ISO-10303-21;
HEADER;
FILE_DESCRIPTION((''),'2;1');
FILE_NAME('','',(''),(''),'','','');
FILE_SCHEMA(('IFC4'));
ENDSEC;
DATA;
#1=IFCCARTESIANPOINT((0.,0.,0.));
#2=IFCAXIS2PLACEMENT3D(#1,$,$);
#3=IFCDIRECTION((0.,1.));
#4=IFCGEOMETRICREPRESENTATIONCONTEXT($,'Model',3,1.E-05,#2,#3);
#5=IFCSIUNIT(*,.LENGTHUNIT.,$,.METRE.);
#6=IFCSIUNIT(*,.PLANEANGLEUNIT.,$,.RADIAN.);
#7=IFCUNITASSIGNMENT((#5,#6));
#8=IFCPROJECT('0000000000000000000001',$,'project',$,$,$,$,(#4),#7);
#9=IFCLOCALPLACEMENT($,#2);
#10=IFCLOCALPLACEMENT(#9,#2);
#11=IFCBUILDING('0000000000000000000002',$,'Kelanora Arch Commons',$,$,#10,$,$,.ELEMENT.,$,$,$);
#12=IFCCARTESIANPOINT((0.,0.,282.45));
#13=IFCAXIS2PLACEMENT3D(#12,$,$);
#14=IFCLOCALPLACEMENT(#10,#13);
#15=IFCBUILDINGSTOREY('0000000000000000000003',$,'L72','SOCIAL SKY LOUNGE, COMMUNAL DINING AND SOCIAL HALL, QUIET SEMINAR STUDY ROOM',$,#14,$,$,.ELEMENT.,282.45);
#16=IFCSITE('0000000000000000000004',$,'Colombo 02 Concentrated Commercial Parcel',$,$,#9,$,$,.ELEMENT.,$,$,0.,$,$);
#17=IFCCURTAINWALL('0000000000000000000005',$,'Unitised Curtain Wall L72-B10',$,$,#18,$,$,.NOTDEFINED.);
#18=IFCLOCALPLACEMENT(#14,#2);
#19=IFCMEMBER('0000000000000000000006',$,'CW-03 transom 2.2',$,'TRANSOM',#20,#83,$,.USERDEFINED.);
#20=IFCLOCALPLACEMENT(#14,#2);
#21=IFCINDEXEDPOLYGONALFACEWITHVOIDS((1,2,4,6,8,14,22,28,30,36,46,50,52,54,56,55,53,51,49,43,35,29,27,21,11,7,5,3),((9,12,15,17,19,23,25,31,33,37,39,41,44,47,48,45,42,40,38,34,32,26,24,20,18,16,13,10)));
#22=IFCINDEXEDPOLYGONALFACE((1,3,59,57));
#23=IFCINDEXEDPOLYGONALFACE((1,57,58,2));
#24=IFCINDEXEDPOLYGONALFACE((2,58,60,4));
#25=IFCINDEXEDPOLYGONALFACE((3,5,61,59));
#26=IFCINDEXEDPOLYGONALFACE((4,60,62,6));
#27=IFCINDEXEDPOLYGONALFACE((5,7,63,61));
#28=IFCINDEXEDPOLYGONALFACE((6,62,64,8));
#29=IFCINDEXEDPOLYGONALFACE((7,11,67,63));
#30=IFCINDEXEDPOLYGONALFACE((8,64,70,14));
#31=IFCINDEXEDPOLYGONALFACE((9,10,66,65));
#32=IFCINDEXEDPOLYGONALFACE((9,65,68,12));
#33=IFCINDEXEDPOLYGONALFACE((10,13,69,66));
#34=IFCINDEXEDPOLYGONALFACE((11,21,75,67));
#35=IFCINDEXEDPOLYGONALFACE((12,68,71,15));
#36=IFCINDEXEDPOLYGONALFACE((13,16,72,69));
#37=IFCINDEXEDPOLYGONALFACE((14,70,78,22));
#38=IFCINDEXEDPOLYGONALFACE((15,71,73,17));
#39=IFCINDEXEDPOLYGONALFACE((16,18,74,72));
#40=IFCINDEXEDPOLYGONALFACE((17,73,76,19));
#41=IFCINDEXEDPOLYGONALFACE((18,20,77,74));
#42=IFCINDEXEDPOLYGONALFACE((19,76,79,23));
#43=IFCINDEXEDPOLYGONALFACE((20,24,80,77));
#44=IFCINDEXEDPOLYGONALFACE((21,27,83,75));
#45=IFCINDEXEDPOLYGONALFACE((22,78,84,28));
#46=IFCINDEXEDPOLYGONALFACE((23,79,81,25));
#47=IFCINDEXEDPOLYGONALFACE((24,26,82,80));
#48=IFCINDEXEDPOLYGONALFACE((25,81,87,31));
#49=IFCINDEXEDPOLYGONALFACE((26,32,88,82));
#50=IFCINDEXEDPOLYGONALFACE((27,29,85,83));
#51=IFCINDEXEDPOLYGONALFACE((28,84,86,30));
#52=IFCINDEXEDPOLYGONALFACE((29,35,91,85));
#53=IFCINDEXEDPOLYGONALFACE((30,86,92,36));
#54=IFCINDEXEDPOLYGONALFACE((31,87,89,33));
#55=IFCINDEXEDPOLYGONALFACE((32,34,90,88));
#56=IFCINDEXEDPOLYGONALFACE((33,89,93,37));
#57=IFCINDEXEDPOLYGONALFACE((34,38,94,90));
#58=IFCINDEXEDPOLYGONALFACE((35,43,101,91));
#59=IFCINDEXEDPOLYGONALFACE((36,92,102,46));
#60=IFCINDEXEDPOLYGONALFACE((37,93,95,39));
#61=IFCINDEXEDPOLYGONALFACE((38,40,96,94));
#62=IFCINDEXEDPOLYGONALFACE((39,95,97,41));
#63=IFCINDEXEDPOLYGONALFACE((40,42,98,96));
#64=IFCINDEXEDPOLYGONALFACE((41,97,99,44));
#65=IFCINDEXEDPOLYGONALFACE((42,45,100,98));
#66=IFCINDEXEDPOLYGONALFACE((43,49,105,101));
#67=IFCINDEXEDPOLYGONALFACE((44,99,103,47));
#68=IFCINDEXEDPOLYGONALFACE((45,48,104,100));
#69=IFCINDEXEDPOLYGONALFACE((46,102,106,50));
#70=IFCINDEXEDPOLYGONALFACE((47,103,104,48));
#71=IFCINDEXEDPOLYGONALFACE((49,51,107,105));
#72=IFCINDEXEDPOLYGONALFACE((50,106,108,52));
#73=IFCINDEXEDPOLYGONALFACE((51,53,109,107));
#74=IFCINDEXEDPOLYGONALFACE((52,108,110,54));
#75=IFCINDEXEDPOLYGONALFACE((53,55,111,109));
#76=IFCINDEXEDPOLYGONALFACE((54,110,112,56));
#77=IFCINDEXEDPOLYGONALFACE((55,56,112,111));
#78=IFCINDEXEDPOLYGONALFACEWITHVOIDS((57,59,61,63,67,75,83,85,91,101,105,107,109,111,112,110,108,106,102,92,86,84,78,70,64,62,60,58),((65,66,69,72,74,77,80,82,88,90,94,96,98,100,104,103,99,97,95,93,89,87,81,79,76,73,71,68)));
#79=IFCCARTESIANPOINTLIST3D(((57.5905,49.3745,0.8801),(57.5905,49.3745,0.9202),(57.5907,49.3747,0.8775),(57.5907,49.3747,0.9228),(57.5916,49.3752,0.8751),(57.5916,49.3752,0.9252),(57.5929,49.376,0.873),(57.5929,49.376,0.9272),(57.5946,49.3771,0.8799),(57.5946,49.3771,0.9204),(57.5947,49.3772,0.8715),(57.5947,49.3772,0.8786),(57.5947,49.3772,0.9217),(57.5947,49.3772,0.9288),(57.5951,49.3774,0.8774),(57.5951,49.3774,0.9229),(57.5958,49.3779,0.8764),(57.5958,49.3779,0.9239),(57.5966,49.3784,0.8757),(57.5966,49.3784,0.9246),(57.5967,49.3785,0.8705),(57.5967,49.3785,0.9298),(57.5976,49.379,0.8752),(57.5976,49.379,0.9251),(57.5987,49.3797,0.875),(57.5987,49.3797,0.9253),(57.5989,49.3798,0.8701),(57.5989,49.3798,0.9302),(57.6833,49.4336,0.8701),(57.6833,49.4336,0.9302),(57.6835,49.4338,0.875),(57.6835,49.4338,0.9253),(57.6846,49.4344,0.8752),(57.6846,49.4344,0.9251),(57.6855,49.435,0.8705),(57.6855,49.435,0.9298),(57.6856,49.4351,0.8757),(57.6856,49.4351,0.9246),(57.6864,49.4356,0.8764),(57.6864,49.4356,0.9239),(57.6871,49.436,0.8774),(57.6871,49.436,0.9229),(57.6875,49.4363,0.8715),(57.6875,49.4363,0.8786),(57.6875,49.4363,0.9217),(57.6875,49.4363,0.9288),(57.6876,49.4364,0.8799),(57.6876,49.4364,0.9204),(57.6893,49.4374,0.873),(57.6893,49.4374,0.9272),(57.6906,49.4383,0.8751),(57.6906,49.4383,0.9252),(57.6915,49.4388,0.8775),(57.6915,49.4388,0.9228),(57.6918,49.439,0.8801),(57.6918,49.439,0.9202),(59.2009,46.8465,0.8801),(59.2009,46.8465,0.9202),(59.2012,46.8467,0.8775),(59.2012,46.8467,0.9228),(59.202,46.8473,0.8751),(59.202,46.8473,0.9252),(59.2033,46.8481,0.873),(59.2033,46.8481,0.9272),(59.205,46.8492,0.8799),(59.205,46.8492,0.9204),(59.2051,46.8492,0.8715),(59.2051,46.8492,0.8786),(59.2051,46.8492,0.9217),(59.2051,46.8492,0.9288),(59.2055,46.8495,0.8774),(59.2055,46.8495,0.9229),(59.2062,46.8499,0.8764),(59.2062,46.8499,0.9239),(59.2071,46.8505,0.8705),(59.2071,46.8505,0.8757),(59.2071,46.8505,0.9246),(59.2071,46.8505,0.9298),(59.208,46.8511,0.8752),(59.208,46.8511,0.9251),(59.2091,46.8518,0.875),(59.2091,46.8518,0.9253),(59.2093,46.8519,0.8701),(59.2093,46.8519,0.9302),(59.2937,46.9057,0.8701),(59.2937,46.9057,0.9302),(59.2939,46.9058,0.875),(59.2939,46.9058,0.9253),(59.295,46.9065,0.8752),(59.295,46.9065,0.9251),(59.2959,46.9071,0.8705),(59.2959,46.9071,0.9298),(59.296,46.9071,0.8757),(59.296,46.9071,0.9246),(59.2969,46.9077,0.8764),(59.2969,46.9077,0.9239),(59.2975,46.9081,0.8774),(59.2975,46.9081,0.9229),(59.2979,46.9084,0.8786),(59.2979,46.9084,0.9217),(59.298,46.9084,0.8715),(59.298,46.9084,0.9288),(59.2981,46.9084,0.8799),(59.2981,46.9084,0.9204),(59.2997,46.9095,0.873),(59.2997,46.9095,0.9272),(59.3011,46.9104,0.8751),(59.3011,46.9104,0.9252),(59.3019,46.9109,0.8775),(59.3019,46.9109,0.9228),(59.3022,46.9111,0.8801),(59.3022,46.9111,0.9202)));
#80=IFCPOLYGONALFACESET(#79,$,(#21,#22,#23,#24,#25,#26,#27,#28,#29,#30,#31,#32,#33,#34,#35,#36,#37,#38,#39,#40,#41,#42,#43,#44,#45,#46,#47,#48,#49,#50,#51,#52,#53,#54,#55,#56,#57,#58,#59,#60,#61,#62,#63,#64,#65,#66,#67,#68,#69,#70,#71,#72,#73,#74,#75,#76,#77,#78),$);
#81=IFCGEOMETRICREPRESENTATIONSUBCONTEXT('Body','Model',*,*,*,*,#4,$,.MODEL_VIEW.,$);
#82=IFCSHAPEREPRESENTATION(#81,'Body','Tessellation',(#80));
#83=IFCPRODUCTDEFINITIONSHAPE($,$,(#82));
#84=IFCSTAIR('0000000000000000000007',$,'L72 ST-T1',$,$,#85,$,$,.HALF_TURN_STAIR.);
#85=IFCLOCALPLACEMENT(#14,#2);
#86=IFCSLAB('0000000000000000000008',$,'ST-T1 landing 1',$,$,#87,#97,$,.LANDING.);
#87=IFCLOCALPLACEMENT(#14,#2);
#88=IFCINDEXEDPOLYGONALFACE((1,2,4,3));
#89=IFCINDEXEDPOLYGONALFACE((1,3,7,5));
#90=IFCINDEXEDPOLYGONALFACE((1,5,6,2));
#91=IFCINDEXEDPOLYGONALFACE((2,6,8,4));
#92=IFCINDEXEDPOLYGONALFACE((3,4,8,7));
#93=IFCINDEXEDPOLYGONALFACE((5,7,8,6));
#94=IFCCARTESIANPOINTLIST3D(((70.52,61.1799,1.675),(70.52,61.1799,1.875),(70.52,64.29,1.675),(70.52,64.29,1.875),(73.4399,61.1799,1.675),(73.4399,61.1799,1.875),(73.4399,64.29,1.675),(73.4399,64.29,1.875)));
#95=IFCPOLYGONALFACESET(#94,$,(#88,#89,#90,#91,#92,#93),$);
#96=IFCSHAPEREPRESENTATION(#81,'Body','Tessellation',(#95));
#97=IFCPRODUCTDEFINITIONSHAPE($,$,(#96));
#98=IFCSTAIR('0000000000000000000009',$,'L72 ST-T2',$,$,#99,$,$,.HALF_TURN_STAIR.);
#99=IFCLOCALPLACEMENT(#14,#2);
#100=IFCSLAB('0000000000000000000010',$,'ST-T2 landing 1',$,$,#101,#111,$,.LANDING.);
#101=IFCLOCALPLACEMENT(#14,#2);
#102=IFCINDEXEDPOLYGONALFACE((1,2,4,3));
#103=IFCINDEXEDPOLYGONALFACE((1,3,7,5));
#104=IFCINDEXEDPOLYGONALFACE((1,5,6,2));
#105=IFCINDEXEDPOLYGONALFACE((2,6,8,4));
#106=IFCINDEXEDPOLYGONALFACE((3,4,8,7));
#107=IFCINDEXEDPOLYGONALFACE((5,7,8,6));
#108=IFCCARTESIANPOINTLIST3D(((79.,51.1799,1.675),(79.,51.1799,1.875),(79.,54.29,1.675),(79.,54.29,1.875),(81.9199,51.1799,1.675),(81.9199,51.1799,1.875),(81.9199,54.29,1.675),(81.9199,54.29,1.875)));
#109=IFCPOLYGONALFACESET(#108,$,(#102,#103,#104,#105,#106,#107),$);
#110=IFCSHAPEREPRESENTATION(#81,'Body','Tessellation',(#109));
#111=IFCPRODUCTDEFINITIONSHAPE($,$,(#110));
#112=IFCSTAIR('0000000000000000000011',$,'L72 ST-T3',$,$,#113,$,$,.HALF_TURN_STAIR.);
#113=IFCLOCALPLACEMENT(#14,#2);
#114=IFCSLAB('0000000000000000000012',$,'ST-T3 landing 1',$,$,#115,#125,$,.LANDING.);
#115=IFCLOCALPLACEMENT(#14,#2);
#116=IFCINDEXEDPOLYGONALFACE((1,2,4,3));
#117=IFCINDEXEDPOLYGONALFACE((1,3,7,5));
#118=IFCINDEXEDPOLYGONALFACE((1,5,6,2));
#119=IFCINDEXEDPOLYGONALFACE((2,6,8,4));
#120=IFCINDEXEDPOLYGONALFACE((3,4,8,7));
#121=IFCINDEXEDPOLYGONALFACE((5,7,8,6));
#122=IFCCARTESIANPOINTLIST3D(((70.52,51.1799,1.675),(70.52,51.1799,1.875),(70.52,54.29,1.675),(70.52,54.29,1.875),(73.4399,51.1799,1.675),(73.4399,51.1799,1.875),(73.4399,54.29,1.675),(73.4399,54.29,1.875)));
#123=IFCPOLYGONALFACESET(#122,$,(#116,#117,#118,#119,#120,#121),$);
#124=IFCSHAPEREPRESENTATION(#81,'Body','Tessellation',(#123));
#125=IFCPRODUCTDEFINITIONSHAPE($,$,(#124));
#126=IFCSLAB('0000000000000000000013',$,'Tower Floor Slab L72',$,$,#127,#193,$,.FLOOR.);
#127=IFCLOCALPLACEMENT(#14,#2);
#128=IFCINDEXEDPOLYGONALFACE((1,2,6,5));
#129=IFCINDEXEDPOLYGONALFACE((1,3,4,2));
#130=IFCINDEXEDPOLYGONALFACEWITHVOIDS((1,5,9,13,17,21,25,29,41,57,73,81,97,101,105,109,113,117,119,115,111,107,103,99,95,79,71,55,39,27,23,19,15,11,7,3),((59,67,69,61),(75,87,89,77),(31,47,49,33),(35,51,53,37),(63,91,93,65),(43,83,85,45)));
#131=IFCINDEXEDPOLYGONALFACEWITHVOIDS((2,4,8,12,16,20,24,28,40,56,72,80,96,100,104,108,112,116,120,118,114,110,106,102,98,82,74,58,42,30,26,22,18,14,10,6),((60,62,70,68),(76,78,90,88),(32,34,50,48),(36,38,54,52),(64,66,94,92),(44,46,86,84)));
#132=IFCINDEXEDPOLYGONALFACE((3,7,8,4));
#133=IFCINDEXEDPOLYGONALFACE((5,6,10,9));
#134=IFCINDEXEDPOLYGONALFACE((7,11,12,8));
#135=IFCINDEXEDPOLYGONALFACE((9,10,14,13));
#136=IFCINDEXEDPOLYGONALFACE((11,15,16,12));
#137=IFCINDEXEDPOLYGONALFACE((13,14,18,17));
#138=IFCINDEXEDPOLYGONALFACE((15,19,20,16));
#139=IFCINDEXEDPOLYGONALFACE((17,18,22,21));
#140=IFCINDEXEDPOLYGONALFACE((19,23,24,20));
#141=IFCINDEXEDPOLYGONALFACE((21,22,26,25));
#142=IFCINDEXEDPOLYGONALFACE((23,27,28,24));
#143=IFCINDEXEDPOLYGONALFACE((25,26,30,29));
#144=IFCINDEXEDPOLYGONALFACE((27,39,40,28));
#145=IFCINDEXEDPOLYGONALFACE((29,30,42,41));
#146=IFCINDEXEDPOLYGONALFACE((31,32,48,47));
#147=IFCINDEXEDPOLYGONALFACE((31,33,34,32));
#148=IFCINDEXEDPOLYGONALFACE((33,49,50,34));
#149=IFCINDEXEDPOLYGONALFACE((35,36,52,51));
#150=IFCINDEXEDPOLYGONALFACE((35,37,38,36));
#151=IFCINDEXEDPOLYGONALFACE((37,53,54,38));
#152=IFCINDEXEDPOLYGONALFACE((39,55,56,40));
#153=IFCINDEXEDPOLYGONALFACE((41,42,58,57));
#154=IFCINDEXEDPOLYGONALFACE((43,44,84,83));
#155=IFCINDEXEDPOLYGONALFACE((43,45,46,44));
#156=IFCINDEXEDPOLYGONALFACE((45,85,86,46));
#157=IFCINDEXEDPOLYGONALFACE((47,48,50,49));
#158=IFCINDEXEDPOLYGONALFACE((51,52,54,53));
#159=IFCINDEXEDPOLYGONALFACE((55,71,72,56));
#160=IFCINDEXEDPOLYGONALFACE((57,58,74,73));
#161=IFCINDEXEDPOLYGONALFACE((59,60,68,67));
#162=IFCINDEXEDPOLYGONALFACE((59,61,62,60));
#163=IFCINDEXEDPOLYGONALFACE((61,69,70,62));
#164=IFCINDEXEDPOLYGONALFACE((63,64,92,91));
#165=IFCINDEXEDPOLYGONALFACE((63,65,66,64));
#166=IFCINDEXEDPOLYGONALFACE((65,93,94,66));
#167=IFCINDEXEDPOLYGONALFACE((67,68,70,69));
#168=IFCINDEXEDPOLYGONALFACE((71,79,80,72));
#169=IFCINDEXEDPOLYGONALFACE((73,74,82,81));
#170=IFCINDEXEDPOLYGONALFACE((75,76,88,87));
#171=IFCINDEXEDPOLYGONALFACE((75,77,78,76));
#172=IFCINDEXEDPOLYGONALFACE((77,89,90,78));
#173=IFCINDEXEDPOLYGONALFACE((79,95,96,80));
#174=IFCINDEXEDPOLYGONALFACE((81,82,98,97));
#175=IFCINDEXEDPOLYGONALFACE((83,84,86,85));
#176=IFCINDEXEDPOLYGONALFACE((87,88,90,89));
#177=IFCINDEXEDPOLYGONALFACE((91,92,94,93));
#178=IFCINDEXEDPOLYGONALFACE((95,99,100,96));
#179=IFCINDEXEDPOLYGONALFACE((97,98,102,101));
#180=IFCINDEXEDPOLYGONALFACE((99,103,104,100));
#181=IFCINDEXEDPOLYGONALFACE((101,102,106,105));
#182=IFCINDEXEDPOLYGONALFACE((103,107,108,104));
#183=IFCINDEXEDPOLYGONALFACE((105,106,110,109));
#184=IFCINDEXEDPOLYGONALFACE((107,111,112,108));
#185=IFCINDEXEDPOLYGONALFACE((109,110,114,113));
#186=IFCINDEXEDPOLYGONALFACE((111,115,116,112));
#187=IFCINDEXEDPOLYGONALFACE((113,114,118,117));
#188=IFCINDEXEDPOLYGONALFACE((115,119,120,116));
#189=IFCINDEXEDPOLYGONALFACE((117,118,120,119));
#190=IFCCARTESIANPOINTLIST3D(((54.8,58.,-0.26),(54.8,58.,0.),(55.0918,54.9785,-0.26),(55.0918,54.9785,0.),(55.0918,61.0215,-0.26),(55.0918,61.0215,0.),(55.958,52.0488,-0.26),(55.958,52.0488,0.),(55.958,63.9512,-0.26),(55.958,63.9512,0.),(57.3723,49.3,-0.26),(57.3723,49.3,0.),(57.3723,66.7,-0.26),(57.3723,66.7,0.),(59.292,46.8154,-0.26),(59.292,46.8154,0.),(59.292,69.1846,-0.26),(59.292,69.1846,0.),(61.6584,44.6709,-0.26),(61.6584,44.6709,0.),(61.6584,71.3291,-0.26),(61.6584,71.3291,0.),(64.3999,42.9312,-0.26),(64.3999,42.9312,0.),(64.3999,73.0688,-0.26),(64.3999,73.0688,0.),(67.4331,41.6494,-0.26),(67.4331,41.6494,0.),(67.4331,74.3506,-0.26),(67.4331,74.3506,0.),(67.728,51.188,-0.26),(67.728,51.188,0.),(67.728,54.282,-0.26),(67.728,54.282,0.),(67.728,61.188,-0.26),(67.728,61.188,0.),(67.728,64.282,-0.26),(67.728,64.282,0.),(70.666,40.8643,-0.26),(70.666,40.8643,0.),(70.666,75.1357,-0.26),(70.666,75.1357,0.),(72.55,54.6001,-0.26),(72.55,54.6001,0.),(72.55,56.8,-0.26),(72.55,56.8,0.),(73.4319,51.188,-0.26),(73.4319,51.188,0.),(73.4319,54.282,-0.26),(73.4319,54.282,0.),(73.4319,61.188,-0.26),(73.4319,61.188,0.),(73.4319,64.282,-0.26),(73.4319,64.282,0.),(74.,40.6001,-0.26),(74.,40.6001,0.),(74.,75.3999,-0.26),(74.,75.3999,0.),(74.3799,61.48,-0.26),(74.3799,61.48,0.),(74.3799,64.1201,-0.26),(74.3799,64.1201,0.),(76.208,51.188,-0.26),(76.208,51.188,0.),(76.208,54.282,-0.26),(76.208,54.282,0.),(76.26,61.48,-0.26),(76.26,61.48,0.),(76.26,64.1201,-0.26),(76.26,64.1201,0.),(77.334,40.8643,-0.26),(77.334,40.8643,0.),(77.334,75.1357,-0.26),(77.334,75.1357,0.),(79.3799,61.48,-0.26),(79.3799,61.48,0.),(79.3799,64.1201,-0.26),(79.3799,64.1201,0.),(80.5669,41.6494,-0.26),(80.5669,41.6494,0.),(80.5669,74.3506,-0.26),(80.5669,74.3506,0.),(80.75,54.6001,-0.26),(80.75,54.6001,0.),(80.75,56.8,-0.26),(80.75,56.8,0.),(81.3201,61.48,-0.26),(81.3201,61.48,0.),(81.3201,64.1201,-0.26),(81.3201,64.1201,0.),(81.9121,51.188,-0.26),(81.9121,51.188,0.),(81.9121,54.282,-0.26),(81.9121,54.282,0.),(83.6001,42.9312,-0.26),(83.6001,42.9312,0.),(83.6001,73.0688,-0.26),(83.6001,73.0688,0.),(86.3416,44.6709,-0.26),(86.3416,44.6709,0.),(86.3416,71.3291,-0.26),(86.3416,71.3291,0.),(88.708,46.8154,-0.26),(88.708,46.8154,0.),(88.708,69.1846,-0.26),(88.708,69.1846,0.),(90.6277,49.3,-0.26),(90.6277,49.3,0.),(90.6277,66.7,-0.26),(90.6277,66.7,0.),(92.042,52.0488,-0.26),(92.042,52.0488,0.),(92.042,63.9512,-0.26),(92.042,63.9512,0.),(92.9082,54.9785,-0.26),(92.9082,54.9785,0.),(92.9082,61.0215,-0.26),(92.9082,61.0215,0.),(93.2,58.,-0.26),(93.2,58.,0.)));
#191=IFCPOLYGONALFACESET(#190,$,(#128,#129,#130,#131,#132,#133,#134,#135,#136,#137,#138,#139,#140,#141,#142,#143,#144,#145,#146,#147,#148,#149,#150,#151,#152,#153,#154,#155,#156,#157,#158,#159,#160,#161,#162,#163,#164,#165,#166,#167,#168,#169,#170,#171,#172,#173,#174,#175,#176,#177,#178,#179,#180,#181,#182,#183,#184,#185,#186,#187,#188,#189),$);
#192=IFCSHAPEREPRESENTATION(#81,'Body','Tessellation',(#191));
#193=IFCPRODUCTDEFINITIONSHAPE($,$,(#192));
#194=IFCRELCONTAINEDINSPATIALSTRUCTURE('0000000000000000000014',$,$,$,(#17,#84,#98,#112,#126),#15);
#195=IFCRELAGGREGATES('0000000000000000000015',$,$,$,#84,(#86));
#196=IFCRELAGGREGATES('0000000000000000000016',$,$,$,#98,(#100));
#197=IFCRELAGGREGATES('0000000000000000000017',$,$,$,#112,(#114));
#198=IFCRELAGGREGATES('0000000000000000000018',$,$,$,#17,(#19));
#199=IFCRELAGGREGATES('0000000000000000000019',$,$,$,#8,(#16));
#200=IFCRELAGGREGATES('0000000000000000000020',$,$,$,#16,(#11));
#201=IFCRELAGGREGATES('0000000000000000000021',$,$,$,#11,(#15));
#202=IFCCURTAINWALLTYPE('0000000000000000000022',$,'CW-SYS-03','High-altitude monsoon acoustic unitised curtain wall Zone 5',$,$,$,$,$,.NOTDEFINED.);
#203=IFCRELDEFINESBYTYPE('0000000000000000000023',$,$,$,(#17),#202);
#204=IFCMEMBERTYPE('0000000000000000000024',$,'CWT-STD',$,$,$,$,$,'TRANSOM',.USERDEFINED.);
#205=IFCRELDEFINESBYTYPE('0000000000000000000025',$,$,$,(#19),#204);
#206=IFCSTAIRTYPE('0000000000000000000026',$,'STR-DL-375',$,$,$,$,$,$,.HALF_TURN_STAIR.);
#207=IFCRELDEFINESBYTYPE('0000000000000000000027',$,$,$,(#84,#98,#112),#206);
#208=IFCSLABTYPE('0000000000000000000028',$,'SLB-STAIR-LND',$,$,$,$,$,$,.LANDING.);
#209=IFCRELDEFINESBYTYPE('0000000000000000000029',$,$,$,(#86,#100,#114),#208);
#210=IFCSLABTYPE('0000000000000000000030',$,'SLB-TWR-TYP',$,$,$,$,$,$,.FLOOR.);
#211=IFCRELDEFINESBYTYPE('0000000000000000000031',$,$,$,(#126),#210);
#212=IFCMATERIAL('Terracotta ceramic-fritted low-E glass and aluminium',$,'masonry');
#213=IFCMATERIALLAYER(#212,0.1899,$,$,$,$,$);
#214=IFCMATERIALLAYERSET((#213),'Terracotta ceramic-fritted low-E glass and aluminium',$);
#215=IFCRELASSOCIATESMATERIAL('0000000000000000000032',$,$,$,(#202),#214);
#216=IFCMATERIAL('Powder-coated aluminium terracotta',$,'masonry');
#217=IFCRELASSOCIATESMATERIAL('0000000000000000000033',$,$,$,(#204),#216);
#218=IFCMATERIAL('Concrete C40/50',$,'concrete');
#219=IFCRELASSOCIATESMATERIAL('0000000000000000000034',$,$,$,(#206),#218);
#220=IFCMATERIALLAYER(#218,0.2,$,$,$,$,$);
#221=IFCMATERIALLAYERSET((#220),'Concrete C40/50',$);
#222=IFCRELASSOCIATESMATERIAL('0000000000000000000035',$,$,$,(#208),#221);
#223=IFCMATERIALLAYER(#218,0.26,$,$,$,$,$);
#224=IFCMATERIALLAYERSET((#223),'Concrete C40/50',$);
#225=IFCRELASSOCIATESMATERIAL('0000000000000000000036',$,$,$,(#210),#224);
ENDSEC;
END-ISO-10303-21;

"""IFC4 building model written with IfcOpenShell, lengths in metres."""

from ifc_helpers import new_model, si_unit, direction, frame, origin, origin_2d, place, context, subcontext, project, spatial, polyline, hollow_rectangle, outline, extrude, material, layer, layer_set, material_profile, profile_set, type_object, element, aggregate, save


model = new_model("IFC4")

# Units and contexts
model_context = context("Model", 3, precision=1e-05, world=origin(), true_north=direction((0.0, 1.0)))
body_context = subcontext(model_context, "Body", "Model", "MODEL_VIEW")
ifc_project = project(units=[si_unit("LENGTHUNIT", "METRE"), si_unit("PLANEANGLEUNIT", "RADIAN")], contexts=[model_context])

# Site, building, storey
site_placement = place(None, origin())
site = spatial("IfcSite", under=ifc_project, at=site_placement, Name="Colombo 02 Concentrated Commercial Parcel", CompositionType="ELEMENT", RefElevation=0.0)
building_placement = place(site_placement, origin())
building = spatial("IfcBuilding", under=site, at=building_placement, Name="Kelanora Arch Commons", CompositionType="ELEMENT")
storey_placement = place(building_placement, frame((0.0, 0.0, 282.45)))
storey = spatial("IfcBuildingStorey", under=building, at=storey_placement, Name="L72", Description="SOCIAL SKY LOUNGE, COMMUNAL DINING AND SOCIAL HALL, QUIET SEMINAR STUDY ROOM", CompositionType="ELEMENT", Elevation=282.45)

# Curtain wall, member
ifc_material_1 = material(Name="Terracotta ceramic-fritted low-E glass and aluminium", Category="masonry")
ifc_layer_1 = layer(ifc_material_1, 0.1899)
ifc_layer_set_1 = layer_set([ifc_layer_1], Name="Terracotta ceramic-fritted low-E glass and aluminium")
curtain_wall_type = type_object("IfcCurtainWallType", Name="CW-SYS-03", Description="High-altitude monsoon acoustic unitised curtain wall Zone 5", PredefinedType="NOTDEFINED", material=ifc_layer_set_1)
curtain_wall_placement = place(storey_placement, origin())
curtain_wall = element("IfcCurtainWall", 1, at=curtain_wall_placement, inside=storey, type_object=curtain_wall_type, Name="Unitised Curtain Wall L72-B10", PredefinedType="NOTDEFINED")
ifc_material_2 = material(Name="Powder-coated aluminium terracotta", Category="masonry")
ifc_material_profile_1 = material_profile(ifc_material_2, hollow_rectangle(XDim=0.1201, YDim=0.0601, WallThickness=0.0049, InnerFilletRadius=0.0049, OuterFilletRadius=0.01, at=origin_2d()), Name="CWT120x60")
ifc_profile_set_1 = profile_set([ifc_material_profile_1], Name="Powder-coated aluminium terracotta")
member_type_1 = type_object("IfcMemberType", Name="CWT-STD", ElementType="TRANSOM", PredefinedType="USERDEFINED", material=ifc_profile_set_1)
member_1_placement = place(storey_placement, frame((57.6411, 49.4067, 0.9001), z_axis=(0.537287, -0.8434, 0.0), x_axis=(0.8434, 0.537287, 0.0)))
member_1 = element("IfcMember", 2, at=member_1_placement, type_object=member_type_1, Name="CW-03 transom 2.2", ObjectType="TRANSOM", PredefinedType="USERDEFINED", context=body_context, shape_type="SweptSolid", body=[
    extrude(hollow_rectangle(XDim=0.1201, YDim=0.0601, WallThickness=0.0049, InnerFilletRadius=0.0049, OuterFilletRadius=0.01, at=origin_2d()), origin(), (0.0, 0.0, 1.0), 2.9973),
])

# Stairs, slabs
ifc_material_3 = material(Name="Concrete C40/50", Category="concrete")
stair_type = type_object("IfcStairType", Name="STR-DL-375", PredefinedType="HALF_TURN_STAIR", material=ifc_material_3)
stair_1_placement = place(storey_placement, origin())
stair_1 = element("IfcStair", 3, at=stair_1_placement, inside=storey, type_object=stair_type, Name="L72 ST-T1", PredefinedType="HALF_TURN_STAIR")
ifc_layer_2 = layer(ifc_material_3, 0.2)
ifc_layer_set_2 = layer_set([ifc_layer_2], Name="Concrete C40/50")
slab_type_1 = type_object("IfcSlabType", Name="SLB-STAIR-LND", PredefinedType="LANDING", material=ifc_layer_set_2)
slab_1_placement = place(storey_placement, frame((0.0, 0.0, 1.675)))
slab_1 = element("IfcSlab", 4, at=slab_1_placement, type_object=slab_type_1, Name="ST-T1 landing 1", PredefinedType="LANDING", context=body_context, shape_type="SweptSolid", body=[
    extrude(outline(polyline([(70.52, 61.1799), (73.4399, 61.1799), (73.4399, 64.29), (70.52, 64.29), (70.52, 61.1799)])), origin(), (0.0, 0.0, 1.0), 0.2),
])
aggregate(stair_1, [slab_1])
stair_2_placement = place(storey_placement, origin())
stair_2 = element("IfcStair", 5, at=stair_2_placement, inside=storey, type_object=stair_type, Name="L72 ST-T2", PredefinedType="HALF_TURN_STAIR")
slab_2_placement = place(storey_placement, frame((0.0, 0.0, 1.675)))
slab_2 = element("IfcSlab", 6, at=slab_2_placement, type_object=slab_type_1, Name="ST-T2 landing 1", PredefinedType="LANDING", context=body_context, shape_type="SweptSolid", body=[
    extrude(outline(polyline([(79.0, 51.1799), (81.9199, 51.1799), (81.9199, 54.29), (79.0, 54.29), (79.0, 51.1799)])), origin(), (0.0, 0.0, 1.0), 0.2),
])
aggregate(stair_2, [slab_2])
stair_3_placement = place(storey_placement, origin())
stair_3 = element("IfcStair", 7, at=stair_3_placement, inside=storey, type_object=stair_type, Name="L72 ST-T3", PredefinedType="HALF_TURN_STAIR")
slab_3_placement = place(storey_placement, frame((0.0, 0.0, 1.675)))
slab_3 = element("IfcSlab", 8, at=slab_3_placement, type_object=slab_type_1, Name="ST-T3 landing 1", PredefinedType="LANDING", context=body_context, shape_type="SweptSolid", body=[
    extrude(outline(polyline([(70.52, 51.1799), (73.4399, 51.1799), (73.4399, 54.29), (70.52, 54.29), (70.52, 51.1799)])), origin(), (0.0, 0.0, 1.0), 0.2),
])
aggregate(stair_3, [slab_3])

# Slab
ifc_layer_3 = layer(ifc_material_3, 0.26)
ifc_layer_set_3 = layer_set([ifc_layer_3], Name="Concrete C40/50")
slab_type_2 = type_object("IfcSlabType", Name="SLB-TWR-TYP", PredefinedType="FLOOR", material=ifc_layer_set_3)
slab_4_placement = place(storey_placement, frame((0.0, 0.0, -0.26)))
element("IfcSlab", 9, at=slab_4_placement, inside=storey, type_object=slab_type_2, Name="Tower Floor Slab L72", PredefinedType="FLOOR", context=body_context, shape_type="SweptSolid", body=[
    extrude(outline(polyline([(93.2, 58.0), (92.9082, 61.0215), (92.042, 63.9512), (90.6277, 66.7), (88.708, 69.1846), (86.3416, 71.3291), (83.6001, 73.0688), (80.5669, 74.3506), (77.334, 75.1357), (74.0, 75.3999), (70.666, 75.1357), (67.4331, 74.3506), (64.3999, 73.0688), (61.6584, 71.3291), (59.292, 69.1846), (57.3723, 66.7), (55.958, 63.9512), (55.0918, 61.0215), (54.8, 58.0), (55.0918, 54.9785), (55.958, 52.0488), (57.3723, 49.3), (59.292, 46.8154), (61.6584, 44.6709), (64.3999, 42.9312), (67.4331, 41.6494), (70.666, 40.8643), (74.0, 40.6001), (77.334, 40.8643), (80.5669, 41.6494), (83.6001, 42.9312), (86.3416, 44.6709), (88.708, 46.8154), (90.6277, 49.3), (92.042, 52.0488), (92.9082, 54.9785), (93.2, 58.0)]), holes=[polyline([(73.4319, 51.188), (67.728, 51.188), (67.728, 54.282), (73.4319, 54.282), (73.4319, 51.188)]), polyline([(76.208, 51.188), (76.208, 54.282), (81.9121, 54.282), (81.9121, 51.188), (76.208, 51.188)]), polyline([(72.55, 54.6001), (72.55, 56.8), (80.75, 56.8), (80.75, 54.6001), (72.55, 54.6001)]), polyline([(73.4319, 61.188), (67.728, 61.188), (67.728, 64.282), (73.4319, 64.282), (73.4319, 61.188)]), polyline([(74.3799, 61.48), (74.3799, 64.1201), (76.26, 64.1201), (76.26, 61.48), (74.3799, 61.48)]), polyline([(79.3799, 61.48), (79.3799, 64.1201), (81.3201, 64.1201), (81.3201, 61.48), (79.3799, 61.48)])]), origin(), (0.0, 0.0, 1.0), 0.26),
])

aggregate(curtain_wall, [member_1])

save(model, "model.ifc")
